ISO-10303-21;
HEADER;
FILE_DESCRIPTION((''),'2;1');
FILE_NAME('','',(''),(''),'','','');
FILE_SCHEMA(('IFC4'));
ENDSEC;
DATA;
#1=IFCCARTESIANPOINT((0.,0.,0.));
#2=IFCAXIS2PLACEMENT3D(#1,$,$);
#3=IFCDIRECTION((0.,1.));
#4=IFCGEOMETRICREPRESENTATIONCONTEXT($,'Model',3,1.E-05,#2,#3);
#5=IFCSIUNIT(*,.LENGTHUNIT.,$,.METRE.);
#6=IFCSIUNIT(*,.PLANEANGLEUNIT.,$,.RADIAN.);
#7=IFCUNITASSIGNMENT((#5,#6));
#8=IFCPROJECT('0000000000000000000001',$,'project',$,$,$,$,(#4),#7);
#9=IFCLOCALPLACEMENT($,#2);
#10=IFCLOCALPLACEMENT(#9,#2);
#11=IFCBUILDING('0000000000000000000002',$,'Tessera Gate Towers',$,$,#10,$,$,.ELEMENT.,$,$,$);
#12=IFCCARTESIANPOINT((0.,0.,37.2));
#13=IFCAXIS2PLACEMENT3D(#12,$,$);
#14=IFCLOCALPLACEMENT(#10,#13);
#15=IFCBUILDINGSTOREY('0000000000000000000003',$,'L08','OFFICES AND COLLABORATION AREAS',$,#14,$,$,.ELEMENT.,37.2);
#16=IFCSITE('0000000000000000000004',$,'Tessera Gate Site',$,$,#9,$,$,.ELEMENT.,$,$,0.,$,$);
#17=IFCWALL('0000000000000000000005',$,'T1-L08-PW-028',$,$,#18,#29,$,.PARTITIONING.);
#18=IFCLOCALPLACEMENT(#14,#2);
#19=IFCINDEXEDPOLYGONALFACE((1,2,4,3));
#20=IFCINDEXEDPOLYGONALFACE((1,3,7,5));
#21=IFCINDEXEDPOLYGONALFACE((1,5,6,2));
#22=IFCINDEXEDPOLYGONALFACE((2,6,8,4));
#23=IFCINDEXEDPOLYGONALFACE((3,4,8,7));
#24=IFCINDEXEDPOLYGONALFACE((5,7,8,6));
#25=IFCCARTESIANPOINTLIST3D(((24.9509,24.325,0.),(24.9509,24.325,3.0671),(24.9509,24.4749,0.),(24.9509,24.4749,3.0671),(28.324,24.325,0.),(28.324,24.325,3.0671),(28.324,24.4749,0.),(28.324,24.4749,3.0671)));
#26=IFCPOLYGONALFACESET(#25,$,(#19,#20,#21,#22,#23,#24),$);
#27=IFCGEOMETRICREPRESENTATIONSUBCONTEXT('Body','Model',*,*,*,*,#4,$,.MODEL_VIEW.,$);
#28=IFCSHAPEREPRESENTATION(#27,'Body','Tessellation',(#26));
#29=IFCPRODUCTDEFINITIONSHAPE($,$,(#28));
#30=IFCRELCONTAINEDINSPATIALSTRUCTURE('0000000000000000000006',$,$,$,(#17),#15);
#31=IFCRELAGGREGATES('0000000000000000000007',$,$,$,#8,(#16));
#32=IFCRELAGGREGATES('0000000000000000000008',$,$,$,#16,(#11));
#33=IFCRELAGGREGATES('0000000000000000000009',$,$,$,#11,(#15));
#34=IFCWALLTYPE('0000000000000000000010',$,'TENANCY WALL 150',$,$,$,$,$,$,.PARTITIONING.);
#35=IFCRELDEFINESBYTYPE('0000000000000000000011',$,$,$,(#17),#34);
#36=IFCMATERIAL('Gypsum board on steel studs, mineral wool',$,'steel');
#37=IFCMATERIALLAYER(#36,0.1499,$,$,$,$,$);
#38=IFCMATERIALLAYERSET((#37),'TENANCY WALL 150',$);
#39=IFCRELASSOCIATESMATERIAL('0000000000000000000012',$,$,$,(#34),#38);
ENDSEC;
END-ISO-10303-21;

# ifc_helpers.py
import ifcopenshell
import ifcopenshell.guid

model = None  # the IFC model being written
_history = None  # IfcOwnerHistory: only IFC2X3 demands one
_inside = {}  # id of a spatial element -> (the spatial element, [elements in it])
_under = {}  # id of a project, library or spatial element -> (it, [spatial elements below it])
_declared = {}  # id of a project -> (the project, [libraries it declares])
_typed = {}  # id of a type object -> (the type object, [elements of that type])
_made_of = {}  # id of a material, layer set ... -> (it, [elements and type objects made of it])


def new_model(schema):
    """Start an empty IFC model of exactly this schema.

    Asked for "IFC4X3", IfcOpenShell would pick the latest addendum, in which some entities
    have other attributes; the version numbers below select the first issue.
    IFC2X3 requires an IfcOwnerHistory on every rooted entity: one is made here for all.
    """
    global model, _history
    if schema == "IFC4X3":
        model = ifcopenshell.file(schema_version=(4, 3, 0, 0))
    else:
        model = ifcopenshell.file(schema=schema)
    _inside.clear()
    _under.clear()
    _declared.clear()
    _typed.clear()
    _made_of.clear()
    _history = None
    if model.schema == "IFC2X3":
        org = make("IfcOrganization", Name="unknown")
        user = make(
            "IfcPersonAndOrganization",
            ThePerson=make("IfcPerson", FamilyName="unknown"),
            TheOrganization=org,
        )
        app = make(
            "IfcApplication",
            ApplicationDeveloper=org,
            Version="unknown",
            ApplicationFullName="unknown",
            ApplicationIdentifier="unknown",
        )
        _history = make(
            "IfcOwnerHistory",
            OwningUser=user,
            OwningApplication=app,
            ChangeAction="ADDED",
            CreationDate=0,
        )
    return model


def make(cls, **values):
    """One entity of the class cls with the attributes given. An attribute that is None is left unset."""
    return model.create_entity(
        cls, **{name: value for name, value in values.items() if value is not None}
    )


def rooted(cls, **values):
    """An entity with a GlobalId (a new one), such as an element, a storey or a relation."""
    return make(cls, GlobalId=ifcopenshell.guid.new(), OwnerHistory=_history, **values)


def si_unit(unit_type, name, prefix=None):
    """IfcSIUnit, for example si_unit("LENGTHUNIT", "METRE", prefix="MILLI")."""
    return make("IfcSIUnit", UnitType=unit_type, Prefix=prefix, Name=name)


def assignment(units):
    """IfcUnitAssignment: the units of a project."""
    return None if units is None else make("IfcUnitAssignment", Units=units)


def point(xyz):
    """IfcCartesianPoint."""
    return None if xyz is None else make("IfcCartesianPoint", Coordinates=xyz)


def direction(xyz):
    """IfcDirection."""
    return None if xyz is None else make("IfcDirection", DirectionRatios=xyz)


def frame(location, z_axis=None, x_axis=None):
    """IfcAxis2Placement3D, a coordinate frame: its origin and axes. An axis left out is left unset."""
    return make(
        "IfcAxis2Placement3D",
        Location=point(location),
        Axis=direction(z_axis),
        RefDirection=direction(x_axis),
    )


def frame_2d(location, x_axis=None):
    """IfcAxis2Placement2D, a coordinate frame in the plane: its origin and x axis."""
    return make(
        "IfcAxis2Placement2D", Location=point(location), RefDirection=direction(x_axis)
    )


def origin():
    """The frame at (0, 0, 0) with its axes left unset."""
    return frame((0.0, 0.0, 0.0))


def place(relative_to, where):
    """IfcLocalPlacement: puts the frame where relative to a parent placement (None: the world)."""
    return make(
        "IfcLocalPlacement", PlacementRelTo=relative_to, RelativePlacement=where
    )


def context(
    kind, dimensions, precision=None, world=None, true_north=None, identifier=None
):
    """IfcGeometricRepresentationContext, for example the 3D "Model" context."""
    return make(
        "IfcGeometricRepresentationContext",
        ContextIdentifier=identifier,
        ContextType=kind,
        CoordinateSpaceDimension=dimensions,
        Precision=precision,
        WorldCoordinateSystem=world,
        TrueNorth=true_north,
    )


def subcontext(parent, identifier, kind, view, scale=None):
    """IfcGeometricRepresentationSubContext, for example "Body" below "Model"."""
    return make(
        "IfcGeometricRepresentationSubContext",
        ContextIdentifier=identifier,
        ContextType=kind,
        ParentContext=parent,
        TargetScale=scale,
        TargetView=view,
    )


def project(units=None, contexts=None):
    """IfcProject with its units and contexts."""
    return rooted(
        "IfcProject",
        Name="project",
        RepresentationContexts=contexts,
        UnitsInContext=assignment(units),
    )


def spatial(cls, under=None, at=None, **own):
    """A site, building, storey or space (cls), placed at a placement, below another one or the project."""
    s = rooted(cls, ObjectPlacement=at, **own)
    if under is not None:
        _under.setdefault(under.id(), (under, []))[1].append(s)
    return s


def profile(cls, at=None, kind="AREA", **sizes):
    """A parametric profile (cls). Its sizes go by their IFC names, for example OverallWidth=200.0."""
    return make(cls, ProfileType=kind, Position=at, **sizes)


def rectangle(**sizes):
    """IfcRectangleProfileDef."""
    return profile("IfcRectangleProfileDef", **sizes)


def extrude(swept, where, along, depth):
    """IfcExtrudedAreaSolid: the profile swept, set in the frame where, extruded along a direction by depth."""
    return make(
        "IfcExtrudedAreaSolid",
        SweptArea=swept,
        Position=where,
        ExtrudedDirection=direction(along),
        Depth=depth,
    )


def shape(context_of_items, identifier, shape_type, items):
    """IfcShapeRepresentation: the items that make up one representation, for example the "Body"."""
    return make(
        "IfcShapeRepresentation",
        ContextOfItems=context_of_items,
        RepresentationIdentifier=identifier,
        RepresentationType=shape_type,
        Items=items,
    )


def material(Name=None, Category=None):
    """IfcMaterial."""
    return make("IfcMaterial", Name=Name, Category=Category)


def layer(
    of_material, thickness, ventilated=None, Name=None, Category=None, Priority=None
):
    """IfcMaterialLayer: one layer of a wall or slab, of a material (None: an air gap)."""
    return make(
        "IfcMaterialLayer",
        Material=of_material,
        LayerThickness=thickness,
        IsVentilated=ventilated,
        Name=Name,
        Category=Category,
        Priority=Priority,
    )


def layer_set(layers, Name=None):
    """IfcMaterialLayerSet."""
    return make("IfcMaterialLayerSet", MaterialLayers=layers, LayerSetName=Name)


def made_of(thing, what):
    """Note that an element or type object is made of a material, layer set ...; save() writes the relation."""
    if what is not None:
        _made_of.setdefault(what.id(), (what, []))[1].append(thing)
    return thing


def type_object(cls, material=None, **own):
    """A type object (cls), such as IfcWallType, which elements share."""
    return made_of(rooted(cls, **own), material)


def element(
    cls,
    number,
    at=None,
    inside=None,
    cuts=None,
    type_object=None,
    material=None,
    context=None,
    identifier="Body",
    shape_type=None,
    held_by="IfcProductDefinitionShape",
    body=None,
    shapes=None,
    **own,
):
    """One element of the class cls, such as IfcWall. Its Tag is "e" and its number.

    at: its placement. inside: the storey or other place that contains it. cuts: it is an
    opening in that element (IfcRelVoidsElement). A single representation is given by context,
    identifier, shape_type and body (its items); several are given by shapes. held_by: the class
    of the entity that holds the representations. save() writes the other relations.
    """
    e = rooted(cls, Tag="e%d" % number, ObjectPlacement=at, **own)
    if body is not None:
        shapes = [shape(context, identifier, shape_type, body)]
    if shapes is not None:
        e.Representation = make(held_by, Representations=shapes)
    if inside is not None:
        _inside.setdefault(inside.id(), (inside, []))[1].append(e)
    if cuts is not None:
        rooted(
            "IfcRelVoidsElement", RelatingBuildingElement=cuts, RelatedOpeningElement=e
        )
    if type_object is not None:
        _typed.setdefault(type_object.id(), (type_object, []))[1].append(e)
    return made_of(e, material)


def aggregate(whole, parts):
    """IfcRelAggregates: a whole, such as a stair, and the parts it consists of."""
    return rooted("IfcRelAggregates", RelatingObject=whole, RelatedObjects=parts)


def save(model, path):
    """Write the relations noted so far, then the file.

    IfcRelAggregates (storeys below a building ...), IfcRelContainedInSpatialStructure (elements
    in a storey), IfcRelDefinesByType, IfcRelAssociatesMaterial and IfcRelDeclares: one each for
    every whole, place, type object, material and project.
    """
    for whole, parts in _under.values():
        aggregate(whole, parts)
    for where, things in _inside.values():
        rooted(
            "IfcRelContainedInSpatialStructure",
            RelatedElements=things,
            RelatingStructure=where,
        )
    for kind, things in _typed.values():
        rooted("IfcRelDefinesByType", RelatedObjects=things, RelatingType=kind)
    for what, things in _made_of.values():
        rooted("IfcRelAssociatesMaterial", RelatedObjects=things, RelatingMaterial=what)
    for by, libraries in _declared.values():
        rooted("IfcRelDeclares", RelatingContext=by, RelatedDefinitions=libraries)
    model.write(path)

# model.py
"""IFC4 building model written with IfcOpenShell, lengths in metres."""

from ifc_helpers import new_model, si_unit, direction, frame, frame_2d, origin, place, context, subcontext, project, spatial, rectangle, extrude, material, layer, layer_set, type_object, element, save


model = new_model("IFC4")

# Units and contexts
model_context = context("Model", 3, precision=1e-05, world=origin(), true_north=direction((0.0, 1.0)))
body_context = subcontext(model_context, "Body", "Model", "MODEL_VIEW")
ifc_project = project(units=[si_unit("LENGTHUNIT", "METRE"), si_unit("PLANEANGLEUNIT", "RADIAN")], contexts=[model_context])

# Site, building, storey
site_placement = place(None, origin())
site = spatial("IfcSite", under=ifc_project, at=site_placement, Name="Tessera Gate Site", CompositionType="ELEMENT", RefElevation=0.0)
building_placement = place(site_placement, origin())
building = spatial("IfcBuilding", under=site, at=building_placement, Name="Tessera Gate Towers", CompositionType="ELEMENT")
storey_placement = place(building_placement, frame((0.0, 0.0, 37.2)))
storey = spatial("IfcBuildingStorey", under=building, at=storey_placement, Name="L08", Description="OFFICES AND COLLABORATION AREAS", CompositionType="ELEMENT", Elevation=37.2)

# Wall
ifc_material_1 = material(Name="Gypsum board on steel studs, mineral wool", Category="steel")
ifc_layer_1 = layer(ifc_material_1, 0.1499)
ifc_layer_set_1 = layer_set([ifc_layer_1], Name="TENANCY WALL 150")
wall_type_1 = type_object("IfcWallType", Name="TENANCY WALL 150", PredefinedType="PARTITIONING", material=ifc_layer_set_1)
wall_1_placement = place(storey_placement, frame((24.9509, 24.3999, 0.0), z_axis=(0.0, 0.0, 1.0), x_axis=(1.0, 0.0, 0.0)))
element("IfcWall", 1, at=wall_1_placement, inside=storey, type_object=wall_type_1, Name="T1-L08-PW-028", PredefinedType="PARTITIONING", context=body_context, shape_type="SweptSolid", body=[
    extrude(rectangle(XDim=3.373, YDim=0.1499, at=frame_2d((1.6865, 0.0))), origin(), (0.0, 0.0, 1.0), 3.0671),
])

save(model, "model.ifc")
